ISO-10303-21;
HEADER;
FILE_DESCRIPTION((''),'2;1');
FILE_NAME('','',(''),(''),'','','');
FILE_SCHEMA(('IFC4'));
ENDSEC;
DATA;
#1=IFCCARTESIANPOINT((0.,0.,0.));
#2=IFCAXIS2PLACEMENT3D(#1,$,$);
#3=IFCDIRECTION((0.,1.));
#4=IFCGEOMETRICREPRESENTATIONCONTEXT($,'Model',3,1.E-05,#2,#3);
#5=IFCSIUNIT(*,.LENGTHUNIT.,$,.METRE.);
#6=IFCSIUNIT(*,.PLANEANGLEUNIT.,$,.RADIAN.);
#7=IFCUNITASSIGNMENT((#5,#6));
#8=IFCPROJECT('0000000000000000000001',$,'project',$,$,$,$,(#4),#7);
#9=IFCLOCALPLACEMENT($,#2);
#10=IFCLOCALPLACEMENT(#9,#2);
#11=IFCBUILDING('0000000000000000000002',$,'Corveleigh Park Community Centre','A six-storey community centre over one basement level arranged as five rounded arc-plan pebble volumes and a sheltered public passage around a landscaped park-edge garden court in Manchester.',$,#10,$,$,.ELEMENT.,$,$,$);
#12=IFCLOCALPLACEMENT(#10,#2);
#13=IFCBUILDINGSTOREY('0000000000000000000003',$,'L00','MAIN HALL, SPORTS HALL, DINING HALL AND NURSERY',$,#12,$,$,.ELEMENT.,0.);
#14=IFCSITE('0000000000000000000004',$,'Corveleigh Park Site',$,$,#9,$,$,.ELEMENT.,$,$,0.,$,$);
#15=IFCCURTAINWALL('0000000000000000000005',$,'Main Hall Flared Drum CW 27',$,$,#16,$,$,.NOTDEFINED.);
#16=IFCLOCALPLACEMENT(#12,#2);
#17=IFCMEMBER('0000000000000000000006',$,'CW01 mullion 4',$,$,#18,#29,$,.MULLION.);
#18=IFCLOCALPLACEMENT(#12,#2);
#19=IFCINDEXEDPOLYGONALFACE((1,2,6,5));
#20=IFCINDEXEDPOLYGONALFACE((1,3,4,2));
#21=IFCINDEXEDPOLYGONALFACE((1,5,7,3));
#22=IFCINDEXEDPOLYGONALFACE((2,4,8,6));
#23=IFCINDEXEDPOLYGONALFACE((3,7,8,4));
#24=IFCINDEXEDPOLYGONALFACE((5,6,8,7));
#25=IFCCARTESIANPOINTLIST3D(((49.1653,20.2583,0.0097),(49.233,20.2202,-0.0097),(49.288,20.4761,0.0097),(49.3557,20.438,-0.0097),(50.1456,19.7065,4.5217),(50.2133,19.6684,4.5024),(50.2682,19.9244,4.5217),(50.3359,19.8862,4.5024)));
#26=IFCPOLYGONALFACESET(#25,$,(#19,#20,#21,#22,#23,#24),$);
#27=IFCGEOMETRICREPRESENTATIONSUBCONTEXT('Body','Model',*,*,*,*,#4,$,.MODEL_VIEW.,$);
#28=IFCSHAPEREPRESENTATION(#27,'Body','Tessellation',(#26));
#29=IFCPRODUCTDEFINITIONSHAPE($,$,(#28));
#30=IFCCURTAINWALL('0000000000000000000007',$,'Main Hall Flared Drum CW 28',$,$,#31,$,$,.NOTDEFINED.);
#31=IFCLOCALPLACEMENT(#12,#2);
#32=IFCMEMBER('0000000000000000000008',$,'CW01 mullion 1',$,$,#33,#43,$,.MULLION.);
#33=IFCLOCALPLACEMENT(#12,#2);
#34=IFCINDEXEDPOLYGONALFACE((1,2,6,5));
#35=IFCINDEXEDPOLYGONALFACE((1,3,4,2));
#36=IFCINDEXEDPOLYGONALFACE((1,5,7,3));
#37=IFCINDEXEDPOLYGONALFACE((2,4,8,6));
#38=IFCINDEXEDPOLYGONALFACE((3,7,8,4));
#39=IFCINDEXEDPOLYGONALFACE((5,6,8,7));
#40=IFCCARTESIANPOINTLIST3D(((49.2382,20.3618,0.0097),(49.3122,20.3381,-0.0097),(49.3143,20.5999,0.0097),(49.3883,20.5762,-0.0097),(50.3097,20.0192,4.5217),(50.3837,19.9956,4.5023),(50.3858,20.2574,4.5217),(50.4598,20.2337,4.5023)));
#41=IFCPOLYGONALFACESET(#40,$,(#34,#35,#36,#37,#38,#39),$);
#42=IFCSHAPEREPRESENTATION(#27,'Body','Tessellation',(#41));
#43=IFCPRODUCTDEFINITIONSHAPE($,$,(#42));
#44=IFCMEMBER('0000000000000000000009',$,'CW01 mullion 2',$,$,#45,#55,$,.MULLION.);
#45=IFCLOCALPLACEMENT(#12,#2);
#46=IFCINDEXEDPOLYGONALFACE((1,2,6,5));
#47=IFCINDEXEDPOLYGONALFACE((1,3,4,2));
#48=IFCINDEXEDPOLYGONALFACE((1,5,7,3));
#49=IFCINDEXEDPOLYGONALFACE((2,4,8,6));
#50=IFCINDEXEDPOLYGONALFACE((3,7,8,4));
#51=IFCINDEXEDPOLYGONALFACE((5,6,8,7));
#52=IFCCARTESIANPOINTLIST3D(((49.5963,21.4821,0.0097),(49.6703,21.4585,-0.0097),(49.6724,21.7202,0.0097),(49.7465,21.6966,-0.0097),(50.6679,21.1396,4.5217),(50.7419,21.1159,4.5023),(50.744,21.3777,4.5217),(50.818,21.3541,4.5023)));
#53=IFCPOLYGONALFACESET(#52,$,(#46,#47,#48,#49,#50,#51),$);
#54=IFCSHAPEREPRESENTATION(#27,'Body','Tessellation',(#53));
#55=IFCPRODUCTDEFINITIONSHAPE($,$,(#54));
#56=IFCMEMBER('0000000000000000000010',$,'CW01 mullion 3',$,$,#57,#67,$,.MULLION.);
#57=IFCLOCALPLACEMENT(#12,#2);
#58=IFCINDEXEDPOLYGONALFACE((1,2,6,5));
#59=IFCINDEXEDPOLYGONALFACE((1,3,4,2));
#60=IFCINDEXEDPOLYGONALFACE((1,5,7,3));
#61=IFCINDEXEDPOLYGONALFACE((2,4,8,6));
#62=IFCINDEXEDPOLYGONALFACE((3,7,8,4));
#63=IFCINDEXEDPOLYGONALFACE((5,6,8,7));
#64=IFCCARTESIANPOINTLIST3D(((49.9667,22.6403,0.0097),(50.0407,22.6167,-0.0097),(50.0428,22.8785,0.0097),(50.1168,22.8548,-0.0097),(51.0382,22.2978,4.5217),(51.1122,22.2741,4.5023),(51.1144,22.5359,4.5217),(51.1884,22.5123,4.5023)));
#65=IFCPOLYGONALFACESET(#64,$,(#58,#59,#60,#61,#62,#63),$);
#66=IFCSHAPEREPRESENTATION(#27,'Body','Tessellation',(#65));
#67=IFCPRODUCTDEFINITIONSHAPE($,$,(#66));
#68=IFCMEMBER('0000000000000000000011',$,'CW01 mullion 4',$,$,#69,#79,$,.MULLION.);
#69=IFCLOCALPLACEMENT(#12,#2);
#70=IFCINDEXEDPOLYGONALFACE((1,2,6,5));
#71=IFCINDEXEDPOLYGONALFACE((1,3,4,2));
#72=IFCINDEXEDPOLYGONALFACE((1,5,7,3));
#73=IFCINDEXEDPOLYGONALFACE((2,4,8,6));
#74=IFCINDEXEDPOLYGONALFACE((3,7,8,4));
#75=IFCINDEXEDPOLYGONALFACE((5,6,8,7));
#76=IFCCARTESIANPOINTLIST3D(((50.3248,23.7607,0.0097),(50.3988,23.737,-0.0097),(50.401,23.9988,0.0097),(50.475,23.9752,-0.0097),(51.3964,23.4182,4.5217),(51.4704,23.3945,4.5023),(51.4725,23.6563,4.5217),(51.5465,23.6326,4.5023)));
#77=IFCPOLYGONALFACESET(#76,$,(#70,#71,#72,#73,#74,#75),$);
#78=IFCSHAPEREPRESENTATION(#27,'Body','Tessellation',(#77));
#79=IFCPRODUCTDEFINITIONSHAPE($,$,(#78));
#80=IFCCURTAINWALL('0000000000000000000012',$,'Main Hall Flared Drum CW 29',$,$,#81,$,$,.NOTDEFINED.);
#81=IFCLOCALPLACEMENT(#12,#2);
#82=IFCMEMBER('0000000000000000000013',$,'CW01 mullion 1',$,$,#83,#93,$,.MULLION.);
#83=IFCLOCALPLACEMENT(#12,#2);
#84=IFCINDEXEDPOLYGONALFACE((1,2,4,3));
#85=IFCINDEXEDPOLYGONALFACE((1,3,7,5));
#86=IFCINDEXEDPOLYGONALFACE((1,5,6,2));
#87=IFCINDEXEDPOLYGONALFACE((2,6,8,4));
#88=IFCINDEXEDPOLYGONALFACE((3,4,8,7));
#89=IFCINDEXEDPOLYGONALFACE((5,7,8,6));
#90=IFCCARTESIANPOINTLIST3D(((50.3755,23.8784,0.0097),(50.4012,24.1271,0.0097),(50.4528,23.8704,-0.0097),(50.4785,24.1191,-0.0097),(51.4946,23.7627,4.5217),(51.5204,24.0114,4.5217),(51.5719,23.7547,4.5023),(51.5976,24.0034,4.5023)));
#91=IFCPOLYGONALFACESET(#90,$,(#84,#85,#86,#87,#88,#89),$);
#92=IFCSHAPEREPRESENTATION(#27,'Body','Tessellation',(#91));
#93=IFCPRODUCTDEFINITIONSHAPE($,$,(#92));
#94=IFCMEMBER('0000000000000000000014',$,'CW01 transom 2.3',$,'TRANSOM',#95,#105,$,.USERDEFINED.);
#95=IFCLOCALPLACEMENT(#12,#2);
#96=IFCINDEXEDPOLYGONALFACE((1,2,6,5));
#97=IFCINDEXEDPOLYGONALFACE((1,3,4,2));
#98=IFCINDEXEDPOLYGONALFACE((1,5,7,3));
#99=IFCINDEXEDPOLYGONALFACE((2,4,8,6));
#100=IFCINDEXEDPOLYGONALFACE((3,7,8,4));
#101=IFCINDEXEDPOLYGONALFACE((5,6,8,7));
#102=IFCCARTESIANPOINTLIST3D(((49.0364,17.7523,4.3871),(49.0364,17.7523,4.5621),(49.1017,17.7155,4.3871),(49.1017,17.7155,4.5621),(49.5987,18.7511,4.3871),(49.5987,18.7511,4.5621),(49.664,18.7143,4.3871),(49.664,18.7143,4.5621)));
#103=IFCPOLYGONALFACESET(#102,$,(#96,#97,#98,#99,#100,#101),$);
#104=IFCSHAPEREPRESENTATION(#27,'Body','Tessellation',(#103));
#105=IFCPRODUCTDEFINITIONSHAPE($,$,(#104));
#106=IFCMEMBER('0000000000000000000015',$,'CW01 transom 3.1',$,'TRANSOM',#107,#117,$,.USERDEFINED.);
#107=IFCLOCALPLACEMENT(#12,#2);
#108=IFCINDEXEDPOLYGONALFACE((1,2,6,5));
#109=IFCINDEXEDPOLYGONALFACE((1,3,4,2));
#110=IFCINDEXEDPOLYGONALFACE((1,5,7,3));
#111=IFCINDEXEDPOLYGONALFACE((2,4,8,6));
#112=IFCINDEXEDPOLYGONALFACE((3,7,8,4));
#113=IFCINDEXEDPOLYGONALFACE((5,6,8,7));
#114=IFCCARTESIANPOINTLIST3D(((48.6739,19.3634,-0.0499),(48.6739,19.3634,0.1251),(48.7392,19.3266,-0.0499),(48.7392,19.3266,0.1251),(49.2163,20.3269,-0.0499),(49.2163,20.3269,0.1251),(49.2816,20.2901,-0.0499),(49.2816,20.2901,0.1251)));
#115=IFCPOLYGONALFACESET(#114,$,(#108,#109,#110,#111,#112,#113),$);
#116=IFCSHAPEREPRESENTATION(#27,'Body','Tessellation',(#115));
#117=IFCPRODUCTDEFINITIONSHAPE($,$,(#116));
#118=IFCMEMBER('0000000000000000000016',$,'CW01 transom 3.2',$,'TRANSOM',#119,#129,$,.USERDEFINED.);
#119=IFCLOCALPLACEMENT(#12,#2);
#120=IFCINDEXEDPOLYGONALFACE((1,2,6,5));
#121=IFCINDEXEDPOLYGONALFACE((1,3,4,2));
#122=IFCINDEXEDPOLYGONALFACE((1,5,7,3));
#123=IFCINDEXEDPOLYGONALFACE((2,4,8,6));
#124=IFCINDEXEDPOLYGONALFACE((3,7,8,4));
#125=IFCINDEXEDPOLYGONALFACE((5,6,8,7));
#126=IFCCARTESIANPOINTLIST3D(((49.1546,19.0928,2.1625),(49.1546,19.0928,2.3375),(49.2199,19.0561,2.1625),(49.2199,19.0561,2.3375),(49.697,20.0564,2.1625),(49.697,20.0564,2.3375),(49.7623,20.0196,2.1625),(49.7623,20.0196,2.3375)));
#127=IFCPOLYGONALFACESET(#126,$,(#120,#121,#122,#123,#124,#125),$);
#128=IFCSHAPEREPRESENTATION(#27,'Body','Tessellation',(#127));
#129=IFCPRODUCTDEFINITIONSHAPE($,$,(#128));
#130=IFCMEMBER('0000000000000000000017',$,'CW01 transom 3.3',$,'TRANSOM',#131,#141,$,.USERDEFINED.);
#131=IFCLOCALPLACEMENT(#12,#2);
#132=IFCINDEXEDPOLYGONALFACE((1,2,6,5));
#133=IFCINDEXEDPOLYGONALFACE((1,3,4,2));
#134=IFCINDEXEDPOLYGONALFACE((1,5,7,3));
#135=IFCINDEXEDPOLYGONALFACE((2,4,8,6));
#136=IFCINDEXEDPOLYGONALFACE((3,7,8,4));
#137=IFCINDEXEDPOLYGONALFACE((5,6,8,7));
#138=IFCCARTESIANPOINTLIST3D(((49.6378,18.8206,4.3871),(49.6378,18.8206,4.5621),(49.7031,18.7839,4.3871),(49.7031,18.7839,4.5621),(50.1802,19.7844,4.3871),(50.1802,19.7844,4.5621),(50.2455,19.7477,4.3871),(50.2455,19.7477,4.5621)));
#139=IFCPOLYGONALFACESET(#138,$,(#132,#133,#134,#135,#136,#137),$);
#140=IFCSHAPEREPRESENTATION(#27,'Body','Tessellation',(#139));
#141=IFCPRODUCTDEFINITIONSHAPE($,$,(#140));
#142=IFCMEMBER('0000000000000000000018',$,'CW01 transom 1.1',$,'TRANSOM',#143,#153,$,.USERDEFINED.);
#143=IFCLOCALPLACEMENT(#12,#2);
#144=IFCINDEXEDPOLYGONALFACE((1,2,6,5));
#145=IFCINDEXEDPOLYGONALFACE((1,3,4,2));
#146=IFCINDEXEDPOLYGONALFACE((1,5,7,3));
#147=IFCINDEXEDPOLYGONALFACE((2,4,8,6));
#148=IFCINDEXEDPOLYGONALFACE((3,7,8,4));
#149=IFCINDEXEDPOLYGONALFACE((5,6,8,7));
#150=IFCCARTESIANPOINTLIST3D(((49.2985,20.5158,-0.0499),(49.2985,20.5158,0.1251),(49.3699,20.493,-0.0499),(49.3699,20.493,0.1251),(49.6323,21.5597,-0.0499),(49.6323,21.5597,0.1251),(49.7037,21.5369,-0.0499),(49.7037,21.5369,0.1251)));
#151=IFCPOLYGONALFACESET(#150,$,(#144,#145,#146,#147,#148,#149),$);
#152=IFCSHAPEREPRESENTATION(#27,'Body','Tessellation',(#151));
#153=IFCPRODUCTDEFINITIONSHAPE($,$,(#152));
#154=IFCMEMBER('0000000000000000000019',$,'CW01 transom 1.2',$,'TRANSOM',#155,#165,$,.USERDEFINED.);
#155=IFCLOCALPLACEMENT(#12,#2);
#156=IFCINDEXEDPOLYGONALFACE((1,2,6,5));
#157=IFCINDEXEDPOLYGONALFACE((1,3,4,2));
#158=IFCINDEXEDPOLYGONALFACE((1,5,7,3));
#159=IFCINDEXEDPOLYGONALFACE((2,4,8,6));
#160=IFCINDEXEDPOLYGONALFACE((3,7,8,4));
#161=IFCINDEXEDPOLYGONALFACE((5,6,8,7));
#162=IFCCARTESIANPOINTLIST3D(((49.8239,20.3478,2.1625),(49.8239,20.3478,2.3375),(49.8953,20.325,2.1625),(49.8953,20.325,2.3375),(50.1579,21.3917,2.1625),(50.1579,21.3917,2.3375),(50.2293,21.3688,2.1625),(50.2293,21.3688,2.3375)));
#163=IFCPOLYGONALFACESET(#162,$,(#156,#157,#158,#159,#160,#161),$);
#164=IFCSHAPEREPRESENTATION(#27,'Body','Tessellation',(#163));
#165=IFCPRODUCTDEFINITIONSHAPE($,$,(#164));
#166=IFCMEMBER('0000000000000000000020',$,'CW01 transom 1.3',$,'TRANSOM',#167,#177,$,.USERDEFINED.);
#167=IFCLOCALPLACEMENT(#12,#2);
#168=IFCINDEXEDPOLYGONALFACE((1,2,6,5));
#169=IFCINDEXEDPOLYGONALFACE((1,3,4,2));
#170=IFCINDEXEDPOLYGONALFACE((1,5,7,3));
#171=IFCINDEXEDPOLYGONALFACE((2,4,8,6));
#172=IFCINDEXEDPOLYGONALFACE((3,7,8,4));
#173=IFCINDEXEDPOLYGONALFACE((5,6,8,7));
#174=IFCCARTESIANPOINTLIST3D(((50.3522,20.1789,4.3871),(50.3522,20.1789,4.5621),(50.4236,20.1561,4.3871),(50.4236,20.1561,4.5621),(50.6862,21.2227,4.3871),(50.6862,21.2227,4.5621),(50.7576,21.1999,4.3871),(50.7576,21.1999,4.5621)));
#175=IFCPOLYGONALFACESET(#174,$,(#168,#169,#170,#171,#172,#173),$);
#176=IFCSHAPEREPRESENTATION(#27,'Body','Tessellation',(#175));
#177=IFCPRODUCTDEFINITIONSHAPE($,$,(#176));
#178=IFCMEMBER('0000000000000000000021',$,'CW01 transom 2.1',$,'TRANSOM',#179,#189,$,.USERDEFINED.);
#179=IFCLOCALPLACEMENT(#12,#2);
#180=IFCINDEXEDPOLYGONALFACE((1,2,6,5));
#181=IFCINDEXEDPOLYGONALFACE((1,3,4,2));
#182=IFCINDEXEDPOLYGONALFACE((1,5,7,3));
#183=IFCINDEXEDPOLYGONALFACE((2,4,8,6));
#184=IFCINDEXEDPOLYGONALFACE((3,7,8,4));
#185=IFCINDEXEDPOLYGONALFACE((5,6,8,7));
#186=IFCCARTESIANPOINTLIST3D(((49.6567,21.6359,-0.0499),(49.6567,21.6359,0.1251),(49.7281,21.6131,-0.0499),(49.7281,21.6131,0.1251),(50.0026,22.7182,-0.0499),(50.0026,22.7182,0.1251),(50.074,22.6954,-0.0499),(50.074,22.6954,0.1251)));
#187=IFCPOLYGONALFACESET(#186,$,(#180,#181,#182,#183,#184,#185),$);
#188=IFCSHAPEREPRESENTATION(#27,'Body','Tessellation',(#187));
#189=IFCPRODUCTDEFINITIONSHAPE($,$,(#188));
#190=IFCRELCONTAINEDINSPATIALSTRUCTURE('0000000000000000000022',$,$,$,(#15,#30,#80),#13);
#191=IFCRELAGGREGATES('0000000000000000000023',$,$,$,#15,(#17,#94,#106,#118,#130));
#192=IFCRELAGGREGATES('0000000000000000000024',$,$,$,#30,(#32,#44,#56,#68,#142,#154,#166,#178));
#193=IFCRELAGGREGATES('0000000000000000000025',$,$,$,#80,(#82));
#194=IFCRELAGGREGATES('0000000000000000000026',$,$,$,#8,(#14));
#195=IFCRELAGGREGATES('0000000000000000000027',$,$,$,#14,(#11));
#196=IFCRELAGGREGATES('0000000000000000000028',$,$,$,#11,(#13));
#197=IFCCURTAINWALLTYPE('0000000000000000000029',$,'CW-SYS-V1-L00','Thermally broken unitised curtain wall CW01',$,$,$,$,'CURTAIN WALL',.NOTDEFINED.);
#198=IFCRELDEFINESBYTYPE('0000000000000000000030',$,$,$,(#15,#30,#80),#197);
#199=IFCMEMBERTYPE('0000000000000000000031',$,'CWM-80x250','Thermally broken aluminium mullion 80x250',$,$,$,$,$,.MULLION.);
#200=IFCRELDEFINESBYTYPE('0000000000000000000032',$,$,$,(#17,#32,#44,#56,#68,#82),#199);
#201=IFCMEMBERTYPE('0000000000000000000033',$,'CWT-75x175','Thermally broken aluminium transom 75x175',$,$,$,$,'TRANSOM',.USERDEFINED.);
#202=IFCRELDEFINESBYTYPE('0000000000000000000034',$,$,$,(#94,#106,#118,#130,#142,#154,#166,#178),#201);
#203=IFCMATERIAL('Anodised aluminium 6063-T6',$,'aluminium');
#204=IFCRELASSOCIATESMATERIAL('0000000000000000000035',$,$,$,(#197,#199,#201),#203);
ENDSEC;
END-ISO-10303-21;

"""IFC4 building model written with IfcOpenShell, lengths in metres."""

from ifc_helpers import new_model, si_unit, direction, frame, origin, origin_2d, place, context, subcontext, project, spatial, rectangle, extrude, material, material_profile, profile_set, type_object, element, aggregate, save


model = new_model("IFC4")

# Units and contexts
model_context = context("Model", 3, precision=1e-05, world=origin(), true_north=direction((0.0, 1.0)))
body_context = subcontext(model_context, "Body", "Model", "MODEL_VIEW")
ifc_project = project(units=[si_unit("LENGTHUNIT", "METRE"), si_unit("PLANEANGLEUNIT", "RADIAN")], contexts=[model_context])

# Site, building, storey
site_placement = place(None, origin())
site = spatial("IfcSite", under=ifc_project, at=site_placement, Name="Corveleigh Park Site", CompositionType="ELEMENT", RefElevation=0.0)
building_placement = place(site_placement, origin())
building = spatial("IfcBuilding", under=site, at=building_placement, Name="Corveleigh Park Community Centre", Description="A six-storey community centre over one basement level arranged as five rounded arc-plan pebble volumes and a sheltered public passage around a landscaped park-edge garden court in Manchester.", CompositionType="ELEMENT")
storey_placement = place(building_placement, origin())
storey = spatial("IfcBuildingStorey", under=building, at=storey_placement, Name="L00", Description="MAIN HALL, SPORTS HALL, DINING HALL AND NURSERY", CompositionType="ELEMENT", Elevation=0.0)

# Curtain wall, member
ifc_material_1 = material(Name="Anodised aluminium 6063-T6", Category="aluminium")
curtain_wall_type = type_object("IfcCurtainWallType", Name="CW-SYS-V1-L00", Description="Thermally broken unitised curtain wall CW01", ElementType="CURTAIN WALL", PredefinedType="NOTDEFINED", material=ifc_material_1)
curtain_wall_1_placement = place(storey_placement, origin())
curtain_wall_1 = element("IfcCurtainWall", 1, at=curtain_wall_1_placement, inside=storey, type_object=curtain_wall_type, Name="Main Hall Flared Drum CW 27", PredefinedType="NOTDEFINED")
ifc_material_profile_1 = material_profile(ifc_material_1, rectangle(XDim=0.0801, YDim=0.25, at=origin_2d()), Name="ALU-M80x250", Category="aluminium")
ifc_profile_set_1 = profile_set([ifc_material_profile_1], Name="Anodised aluminium 6063-T6")
member_type_1 = type_object("IfcMemberType", Name="CWM-80x250", Description="Thermally broken aluminium mullion 80x250", PredefinedType="MULLION", material=ifc_profile_set_1)
member_1_placement = place(storey_placement, frame((49.2605, 20.3481, 0.0), z_axis=(0.210798, -0.118656, 0.970301), x_axis=(-0.84555, 0.475951, 0.241899)))
member_1 = element("IfcMember", 2, at=member_1_placement, type_object=member_type_1, Name="CW01 mullion 4", PredefinedType="MULLION", context=body_context, shape_type="SweptSolid", body=[
    extrude(rectangle(XDim=0.0801, YDim=0.25, at=origin_2d()), origin(), (0.0, 0.0, 1.0), 4.6501),
])

# Curtain wall, members
curtain_wall_2_placement = place(storey_placement, origin())
curtain_wall_2 = element("IfcCurtainWall", 3, at=curtain_wall_2_placement, inside=storey, type_object=curtain_wall_type, Name="Main Hall Flared Drum CW 28", PredefinedType="NOTDEFINED")
member_2_placement = place(storey_placement, frame((49.3132, 20.469, 0.0), z_axis=(0.230433, -0.073661, 0.970296), x_axis=(-0.924224, 0.29544, 0.24192)))
member_2 = element("IfcMember", 4, at=member_2_placement, type_object=member_type_1, Name="CW01 mullion 1", PredefinedType="MULLION", context=body_context, shape_type="SweptSolid", body=[
    extrude(rectangle(XDim=0.0801, YDim=0.25, at=origin_2d()), origin(), (0.0, 0.0, 1.0), 4.6501),
])
member_3_placement = place(storey_placement, frame((49.6714, 21.5894, 0.0), z_axis=(0.230433, -0.073661, 0.970296), x_axis=(-0.924224, 0.29544, 0.24192)))
member_3 = element("IfcMember", 5, at=member_3_placement, type_object=member_type_1, Name="CW01 mullion 2", PredefinedType="MULLION", context=body_context, shape_type="SweptSolid", body=[
    extrude(rectangle(XDim=0.0801, YDim=0.25, at=origin_2d()), origin(), (0.0, 0.0, 1.0), 4.6501),
])
member_4_placement = place(storey_placement, frame((50.0417, 22.7476, 0.0), z_axis=(0.230433, -0.073661, 0.970296), x_axis=(-0.924224, 0.29544, 0.24192)))
member_4 = element("IfcMember", 6, at=member_4_placement, type_object=member_type_1, Name="CW01 mullion 3", PredefinedType="MULLION", context=body_context, shape_type="SweptSolid", body=[
    extrude(rectangle(XDim=0.0801, YDim=0.25, at=origin_2d()), origin(), (0.0, 0.0, 1.0), 4.6501),
])
member_5_placement = place(storey_placement, frame((50.3999, 23.8679, 0.0), z_axis=(0.230433, -0.073661, 0.970296), x_axis=(-0.924224, 0.29544, 0.24192)))
member_5 = element("IfcMember", 7, at=member_5_placement, type_object=member_type_1, Name="CW01 mullion 4", PredefinedType="MULLION", context=body_context, shape_type="SweptSolid", body=[
    extrude(rectangle(XDim=0.0801, YDim=0.25, at=origin_2d()), origin(), (0.0, 0.0, 1.0), 4.6501),
])

# Curtain wall, member
curtain_wall_3_placement = place(storey_placement, origin())
curtain_wall_3 = element("IfcCurtainWall", 8, at=curtain_wall_3_placement, inside=storey, type_object=curtain_wall_type, Name="Main Hall Flared Drum CW 29", PredefinedType="NOTDEFINED")
member_6_placement = place(storey_placement, frame((50.427, 23.9988, 0.0), z_axis=(0.240669, -0.024886, 0.970288), x_axis=(-0.965142, 0.099799, 0.241952)))
member_6 = element("IfcMember", 9, at=member_6_placement, type_object=member_type_1, Name="CW01 mullion 1", PredefinedType="MULLION", context=body_context, shape_type="SweptSolid", body=[
    extrude(rectangle(XDim=0.0801, YDim=0.25, at=origin_2d()), origin(), (0.0, 0.0, 1.0), 4.6501),
])

# Members
ifc_material_profile_2 = material_profile(ifc_material_1, rectangle(XDim=0.075, YDim=0.175, at=origin_2d()), Name="ALU-T75x175", Category="aluminium")
ifc_profile_set_2 = profile_set([ifc_material_profile_2], Name="Anodised aluminium 6063-T6")
member_type_2 = type_object("IfcMemberType", Name="CWT-75x175", Description="Thermally broken aluminium transom 75x175", ElementType="TRANSOM", PredefinedType="USERDEFINED", material=ifc_profile_set_2)
member_7_placement = place(storey_placement, frame((49.0691, 17.7339, 4.4746), z_axis=(0.490554, 0.871411, 0.0), x_axis=(-0.871411, 0.490554, 0.0)))
member_7 = element("IfcMember", 10, at=member_7_placement, type_object=member_type_2, Name="CW01 transom 2.3", ObjectType="TRANSOM", PredefinedType="USERDEFINED", context=body_context, shape_type="SweptSolid", body=[
    extrude(rectangle(XDim=0.075, YDim=0.175, at=origin_2d()), origin(), (0.0, 0.0, 1.0), 1.1462),
])
member_8_placement = place(storey_placement, frame((48.7065, 19.345, 0.0376), z_axis=(0.490565, 0.871404, 0.0), x_axis=(-0.871404, 0.490565, 0.0)))
member_8 = element("IfcMember", 11, at=member_8_placement, type_object=member_type_2, Name="CW01 transom 3.1", ObjectType="TRANSOM", PredefinedType="USERDEFINED", context=body_context, shape_type="SweptSolid", body=[
    extrude(rectangle(XDim=0.075, YDim=0.175, at=origin_2d()), origin(), (0.0, 0.0, 1.0), 1.1057),
])
member_9_placement = place(storey_placement, frame((49.1873, 19.0745, 2.25), z_axis=(0.490565, 0.871404, 0.0), x_axis=(-0.871404, 0.490565, 0.0)))
member_9 = element("IfcMember", 12, at=member_9_placement, type_object=member_type_2, Name="CW01 transom 3.2", ObjectType="TRANSOM", PredefinedType="USERDEFINED", context=body_context, shape_type="SweptSolid", body=[
    extrude(rectangle(XDim=0.075, YDim=0.175, at=origin_2d()), origin(), (0.0, 0.0, 1.0), 1.1057),
])
member_10_placement = place(storey_placement, frame((49.6704, 18.8022, 4.4746), z_axis=(0.490471, 0.871458, 0.0), x_axis=(-0.871458, 0.490471, 0.0)))
member_10 = element("IfcMember", 13, at=member_10_placement, type_object=member_type_2, Name="CW01 transom 3.3", ObjectType="TRANSOM", PredefinedType="USERDEFINED", context=body_context, shape_type="SweptSolid", body=[
    extrude(rectangle(XDim=0.075, YDim=0.175, at=origin_2d()), origin(), (0.0, 0.0, 1.0), 1.106),
])
member_11_placement = place(storey_placement, frame((49.3342, 20.5044, 0.0376), z_axis=(0.304509, 0.952509, 0.0), x_axis=(-0.952509, 0.304509, 0.0)))
member_11 = element("IfcMember", 14, at=member_11_placement, type_object=member_type_2, Name="CW01 transom 1.1", ObjectType="TRANSOM", PredefinedType="USERDEFINED", context=body_context, shape_type="SweptSolid", body=[
    extrude(rectangle(XDim=0.075, YDim=0.175, at=origin_2d()), origin(), (0.0, 0.0, 1.0), 1.0959),
])
member_12_placement = place(storey_placement, frame((49.8596, 20.3364, 2.25), z_axis=(0.304711, 0.952445, 0.0), x_axis=(-0.952445, 0.304711, 0.0)))
member_12 = element("IfcMember", 15, at=member_12_placement, type_object=member_type_2, Name="CW01 transom 1.2", ObjectType="TRANSOM", PredefinedType="USERDEFINED", context=body_context, shape_type="SweptSolid", body=[
    extrude(rectangle(XDim=0.075, YDim=0.175, at=origin_2d()), origin(), (0.0, 0.0, 1.0), 1.0959),
])
member_13_placement = place(storey_placement, frame((50.3879, 20.1675, 4.4746), z_axis=(0.304711, 0.952445, 0.0), x_axis=(-0.952445, 0.304711, 0.0)))
member_13 = element("IfcMember", 16, at=member_13_placement, type_object=member_type_2, Name="CW01 transom 1.3", ObjectType="TRANSOM", PredefinedType="USERDEFINED", context=body_context, shape_type="SweptSolid", body=[
    extrude(rectangle(XDim=0.075, YDim=0.175, at=origin_2d()), origin(), (0.0, 0.0, 1.0), 1.0959),
])
member_14_placement = place(storey_placement, frame((49.6924, 21.6245, 0.0376), z_axis=(0.304472, 0.952521, 0.0), x_axis=(-0.952521, 0.304472, 0.0)))
member_14 = element("IfcMember", 17, at=member_14_placement, type_object=member_type_2, Name="CW01 transom 2.1", ObjectType="TRANSOM", PredefinedType="USERDEFINED", context=body_context, shape_type="SweptSolid", body=[
    extrude(rectangle(XDim=0.075, YDim=0.175, at=origin_2d()), origin(), (0.0, 0.0, 1.0), 1.1362),
])

aggregate(curtain_wall_1, [member_1, member_7, member_8, member_9, member_10])
aggregate(curtain_wall_2, [member_2, member_3, member_4, member_5, member_11, member_12, member_13, member_14])
aggregate(curtain_wall_3, [member_6])

save(model, "model.ifc")
